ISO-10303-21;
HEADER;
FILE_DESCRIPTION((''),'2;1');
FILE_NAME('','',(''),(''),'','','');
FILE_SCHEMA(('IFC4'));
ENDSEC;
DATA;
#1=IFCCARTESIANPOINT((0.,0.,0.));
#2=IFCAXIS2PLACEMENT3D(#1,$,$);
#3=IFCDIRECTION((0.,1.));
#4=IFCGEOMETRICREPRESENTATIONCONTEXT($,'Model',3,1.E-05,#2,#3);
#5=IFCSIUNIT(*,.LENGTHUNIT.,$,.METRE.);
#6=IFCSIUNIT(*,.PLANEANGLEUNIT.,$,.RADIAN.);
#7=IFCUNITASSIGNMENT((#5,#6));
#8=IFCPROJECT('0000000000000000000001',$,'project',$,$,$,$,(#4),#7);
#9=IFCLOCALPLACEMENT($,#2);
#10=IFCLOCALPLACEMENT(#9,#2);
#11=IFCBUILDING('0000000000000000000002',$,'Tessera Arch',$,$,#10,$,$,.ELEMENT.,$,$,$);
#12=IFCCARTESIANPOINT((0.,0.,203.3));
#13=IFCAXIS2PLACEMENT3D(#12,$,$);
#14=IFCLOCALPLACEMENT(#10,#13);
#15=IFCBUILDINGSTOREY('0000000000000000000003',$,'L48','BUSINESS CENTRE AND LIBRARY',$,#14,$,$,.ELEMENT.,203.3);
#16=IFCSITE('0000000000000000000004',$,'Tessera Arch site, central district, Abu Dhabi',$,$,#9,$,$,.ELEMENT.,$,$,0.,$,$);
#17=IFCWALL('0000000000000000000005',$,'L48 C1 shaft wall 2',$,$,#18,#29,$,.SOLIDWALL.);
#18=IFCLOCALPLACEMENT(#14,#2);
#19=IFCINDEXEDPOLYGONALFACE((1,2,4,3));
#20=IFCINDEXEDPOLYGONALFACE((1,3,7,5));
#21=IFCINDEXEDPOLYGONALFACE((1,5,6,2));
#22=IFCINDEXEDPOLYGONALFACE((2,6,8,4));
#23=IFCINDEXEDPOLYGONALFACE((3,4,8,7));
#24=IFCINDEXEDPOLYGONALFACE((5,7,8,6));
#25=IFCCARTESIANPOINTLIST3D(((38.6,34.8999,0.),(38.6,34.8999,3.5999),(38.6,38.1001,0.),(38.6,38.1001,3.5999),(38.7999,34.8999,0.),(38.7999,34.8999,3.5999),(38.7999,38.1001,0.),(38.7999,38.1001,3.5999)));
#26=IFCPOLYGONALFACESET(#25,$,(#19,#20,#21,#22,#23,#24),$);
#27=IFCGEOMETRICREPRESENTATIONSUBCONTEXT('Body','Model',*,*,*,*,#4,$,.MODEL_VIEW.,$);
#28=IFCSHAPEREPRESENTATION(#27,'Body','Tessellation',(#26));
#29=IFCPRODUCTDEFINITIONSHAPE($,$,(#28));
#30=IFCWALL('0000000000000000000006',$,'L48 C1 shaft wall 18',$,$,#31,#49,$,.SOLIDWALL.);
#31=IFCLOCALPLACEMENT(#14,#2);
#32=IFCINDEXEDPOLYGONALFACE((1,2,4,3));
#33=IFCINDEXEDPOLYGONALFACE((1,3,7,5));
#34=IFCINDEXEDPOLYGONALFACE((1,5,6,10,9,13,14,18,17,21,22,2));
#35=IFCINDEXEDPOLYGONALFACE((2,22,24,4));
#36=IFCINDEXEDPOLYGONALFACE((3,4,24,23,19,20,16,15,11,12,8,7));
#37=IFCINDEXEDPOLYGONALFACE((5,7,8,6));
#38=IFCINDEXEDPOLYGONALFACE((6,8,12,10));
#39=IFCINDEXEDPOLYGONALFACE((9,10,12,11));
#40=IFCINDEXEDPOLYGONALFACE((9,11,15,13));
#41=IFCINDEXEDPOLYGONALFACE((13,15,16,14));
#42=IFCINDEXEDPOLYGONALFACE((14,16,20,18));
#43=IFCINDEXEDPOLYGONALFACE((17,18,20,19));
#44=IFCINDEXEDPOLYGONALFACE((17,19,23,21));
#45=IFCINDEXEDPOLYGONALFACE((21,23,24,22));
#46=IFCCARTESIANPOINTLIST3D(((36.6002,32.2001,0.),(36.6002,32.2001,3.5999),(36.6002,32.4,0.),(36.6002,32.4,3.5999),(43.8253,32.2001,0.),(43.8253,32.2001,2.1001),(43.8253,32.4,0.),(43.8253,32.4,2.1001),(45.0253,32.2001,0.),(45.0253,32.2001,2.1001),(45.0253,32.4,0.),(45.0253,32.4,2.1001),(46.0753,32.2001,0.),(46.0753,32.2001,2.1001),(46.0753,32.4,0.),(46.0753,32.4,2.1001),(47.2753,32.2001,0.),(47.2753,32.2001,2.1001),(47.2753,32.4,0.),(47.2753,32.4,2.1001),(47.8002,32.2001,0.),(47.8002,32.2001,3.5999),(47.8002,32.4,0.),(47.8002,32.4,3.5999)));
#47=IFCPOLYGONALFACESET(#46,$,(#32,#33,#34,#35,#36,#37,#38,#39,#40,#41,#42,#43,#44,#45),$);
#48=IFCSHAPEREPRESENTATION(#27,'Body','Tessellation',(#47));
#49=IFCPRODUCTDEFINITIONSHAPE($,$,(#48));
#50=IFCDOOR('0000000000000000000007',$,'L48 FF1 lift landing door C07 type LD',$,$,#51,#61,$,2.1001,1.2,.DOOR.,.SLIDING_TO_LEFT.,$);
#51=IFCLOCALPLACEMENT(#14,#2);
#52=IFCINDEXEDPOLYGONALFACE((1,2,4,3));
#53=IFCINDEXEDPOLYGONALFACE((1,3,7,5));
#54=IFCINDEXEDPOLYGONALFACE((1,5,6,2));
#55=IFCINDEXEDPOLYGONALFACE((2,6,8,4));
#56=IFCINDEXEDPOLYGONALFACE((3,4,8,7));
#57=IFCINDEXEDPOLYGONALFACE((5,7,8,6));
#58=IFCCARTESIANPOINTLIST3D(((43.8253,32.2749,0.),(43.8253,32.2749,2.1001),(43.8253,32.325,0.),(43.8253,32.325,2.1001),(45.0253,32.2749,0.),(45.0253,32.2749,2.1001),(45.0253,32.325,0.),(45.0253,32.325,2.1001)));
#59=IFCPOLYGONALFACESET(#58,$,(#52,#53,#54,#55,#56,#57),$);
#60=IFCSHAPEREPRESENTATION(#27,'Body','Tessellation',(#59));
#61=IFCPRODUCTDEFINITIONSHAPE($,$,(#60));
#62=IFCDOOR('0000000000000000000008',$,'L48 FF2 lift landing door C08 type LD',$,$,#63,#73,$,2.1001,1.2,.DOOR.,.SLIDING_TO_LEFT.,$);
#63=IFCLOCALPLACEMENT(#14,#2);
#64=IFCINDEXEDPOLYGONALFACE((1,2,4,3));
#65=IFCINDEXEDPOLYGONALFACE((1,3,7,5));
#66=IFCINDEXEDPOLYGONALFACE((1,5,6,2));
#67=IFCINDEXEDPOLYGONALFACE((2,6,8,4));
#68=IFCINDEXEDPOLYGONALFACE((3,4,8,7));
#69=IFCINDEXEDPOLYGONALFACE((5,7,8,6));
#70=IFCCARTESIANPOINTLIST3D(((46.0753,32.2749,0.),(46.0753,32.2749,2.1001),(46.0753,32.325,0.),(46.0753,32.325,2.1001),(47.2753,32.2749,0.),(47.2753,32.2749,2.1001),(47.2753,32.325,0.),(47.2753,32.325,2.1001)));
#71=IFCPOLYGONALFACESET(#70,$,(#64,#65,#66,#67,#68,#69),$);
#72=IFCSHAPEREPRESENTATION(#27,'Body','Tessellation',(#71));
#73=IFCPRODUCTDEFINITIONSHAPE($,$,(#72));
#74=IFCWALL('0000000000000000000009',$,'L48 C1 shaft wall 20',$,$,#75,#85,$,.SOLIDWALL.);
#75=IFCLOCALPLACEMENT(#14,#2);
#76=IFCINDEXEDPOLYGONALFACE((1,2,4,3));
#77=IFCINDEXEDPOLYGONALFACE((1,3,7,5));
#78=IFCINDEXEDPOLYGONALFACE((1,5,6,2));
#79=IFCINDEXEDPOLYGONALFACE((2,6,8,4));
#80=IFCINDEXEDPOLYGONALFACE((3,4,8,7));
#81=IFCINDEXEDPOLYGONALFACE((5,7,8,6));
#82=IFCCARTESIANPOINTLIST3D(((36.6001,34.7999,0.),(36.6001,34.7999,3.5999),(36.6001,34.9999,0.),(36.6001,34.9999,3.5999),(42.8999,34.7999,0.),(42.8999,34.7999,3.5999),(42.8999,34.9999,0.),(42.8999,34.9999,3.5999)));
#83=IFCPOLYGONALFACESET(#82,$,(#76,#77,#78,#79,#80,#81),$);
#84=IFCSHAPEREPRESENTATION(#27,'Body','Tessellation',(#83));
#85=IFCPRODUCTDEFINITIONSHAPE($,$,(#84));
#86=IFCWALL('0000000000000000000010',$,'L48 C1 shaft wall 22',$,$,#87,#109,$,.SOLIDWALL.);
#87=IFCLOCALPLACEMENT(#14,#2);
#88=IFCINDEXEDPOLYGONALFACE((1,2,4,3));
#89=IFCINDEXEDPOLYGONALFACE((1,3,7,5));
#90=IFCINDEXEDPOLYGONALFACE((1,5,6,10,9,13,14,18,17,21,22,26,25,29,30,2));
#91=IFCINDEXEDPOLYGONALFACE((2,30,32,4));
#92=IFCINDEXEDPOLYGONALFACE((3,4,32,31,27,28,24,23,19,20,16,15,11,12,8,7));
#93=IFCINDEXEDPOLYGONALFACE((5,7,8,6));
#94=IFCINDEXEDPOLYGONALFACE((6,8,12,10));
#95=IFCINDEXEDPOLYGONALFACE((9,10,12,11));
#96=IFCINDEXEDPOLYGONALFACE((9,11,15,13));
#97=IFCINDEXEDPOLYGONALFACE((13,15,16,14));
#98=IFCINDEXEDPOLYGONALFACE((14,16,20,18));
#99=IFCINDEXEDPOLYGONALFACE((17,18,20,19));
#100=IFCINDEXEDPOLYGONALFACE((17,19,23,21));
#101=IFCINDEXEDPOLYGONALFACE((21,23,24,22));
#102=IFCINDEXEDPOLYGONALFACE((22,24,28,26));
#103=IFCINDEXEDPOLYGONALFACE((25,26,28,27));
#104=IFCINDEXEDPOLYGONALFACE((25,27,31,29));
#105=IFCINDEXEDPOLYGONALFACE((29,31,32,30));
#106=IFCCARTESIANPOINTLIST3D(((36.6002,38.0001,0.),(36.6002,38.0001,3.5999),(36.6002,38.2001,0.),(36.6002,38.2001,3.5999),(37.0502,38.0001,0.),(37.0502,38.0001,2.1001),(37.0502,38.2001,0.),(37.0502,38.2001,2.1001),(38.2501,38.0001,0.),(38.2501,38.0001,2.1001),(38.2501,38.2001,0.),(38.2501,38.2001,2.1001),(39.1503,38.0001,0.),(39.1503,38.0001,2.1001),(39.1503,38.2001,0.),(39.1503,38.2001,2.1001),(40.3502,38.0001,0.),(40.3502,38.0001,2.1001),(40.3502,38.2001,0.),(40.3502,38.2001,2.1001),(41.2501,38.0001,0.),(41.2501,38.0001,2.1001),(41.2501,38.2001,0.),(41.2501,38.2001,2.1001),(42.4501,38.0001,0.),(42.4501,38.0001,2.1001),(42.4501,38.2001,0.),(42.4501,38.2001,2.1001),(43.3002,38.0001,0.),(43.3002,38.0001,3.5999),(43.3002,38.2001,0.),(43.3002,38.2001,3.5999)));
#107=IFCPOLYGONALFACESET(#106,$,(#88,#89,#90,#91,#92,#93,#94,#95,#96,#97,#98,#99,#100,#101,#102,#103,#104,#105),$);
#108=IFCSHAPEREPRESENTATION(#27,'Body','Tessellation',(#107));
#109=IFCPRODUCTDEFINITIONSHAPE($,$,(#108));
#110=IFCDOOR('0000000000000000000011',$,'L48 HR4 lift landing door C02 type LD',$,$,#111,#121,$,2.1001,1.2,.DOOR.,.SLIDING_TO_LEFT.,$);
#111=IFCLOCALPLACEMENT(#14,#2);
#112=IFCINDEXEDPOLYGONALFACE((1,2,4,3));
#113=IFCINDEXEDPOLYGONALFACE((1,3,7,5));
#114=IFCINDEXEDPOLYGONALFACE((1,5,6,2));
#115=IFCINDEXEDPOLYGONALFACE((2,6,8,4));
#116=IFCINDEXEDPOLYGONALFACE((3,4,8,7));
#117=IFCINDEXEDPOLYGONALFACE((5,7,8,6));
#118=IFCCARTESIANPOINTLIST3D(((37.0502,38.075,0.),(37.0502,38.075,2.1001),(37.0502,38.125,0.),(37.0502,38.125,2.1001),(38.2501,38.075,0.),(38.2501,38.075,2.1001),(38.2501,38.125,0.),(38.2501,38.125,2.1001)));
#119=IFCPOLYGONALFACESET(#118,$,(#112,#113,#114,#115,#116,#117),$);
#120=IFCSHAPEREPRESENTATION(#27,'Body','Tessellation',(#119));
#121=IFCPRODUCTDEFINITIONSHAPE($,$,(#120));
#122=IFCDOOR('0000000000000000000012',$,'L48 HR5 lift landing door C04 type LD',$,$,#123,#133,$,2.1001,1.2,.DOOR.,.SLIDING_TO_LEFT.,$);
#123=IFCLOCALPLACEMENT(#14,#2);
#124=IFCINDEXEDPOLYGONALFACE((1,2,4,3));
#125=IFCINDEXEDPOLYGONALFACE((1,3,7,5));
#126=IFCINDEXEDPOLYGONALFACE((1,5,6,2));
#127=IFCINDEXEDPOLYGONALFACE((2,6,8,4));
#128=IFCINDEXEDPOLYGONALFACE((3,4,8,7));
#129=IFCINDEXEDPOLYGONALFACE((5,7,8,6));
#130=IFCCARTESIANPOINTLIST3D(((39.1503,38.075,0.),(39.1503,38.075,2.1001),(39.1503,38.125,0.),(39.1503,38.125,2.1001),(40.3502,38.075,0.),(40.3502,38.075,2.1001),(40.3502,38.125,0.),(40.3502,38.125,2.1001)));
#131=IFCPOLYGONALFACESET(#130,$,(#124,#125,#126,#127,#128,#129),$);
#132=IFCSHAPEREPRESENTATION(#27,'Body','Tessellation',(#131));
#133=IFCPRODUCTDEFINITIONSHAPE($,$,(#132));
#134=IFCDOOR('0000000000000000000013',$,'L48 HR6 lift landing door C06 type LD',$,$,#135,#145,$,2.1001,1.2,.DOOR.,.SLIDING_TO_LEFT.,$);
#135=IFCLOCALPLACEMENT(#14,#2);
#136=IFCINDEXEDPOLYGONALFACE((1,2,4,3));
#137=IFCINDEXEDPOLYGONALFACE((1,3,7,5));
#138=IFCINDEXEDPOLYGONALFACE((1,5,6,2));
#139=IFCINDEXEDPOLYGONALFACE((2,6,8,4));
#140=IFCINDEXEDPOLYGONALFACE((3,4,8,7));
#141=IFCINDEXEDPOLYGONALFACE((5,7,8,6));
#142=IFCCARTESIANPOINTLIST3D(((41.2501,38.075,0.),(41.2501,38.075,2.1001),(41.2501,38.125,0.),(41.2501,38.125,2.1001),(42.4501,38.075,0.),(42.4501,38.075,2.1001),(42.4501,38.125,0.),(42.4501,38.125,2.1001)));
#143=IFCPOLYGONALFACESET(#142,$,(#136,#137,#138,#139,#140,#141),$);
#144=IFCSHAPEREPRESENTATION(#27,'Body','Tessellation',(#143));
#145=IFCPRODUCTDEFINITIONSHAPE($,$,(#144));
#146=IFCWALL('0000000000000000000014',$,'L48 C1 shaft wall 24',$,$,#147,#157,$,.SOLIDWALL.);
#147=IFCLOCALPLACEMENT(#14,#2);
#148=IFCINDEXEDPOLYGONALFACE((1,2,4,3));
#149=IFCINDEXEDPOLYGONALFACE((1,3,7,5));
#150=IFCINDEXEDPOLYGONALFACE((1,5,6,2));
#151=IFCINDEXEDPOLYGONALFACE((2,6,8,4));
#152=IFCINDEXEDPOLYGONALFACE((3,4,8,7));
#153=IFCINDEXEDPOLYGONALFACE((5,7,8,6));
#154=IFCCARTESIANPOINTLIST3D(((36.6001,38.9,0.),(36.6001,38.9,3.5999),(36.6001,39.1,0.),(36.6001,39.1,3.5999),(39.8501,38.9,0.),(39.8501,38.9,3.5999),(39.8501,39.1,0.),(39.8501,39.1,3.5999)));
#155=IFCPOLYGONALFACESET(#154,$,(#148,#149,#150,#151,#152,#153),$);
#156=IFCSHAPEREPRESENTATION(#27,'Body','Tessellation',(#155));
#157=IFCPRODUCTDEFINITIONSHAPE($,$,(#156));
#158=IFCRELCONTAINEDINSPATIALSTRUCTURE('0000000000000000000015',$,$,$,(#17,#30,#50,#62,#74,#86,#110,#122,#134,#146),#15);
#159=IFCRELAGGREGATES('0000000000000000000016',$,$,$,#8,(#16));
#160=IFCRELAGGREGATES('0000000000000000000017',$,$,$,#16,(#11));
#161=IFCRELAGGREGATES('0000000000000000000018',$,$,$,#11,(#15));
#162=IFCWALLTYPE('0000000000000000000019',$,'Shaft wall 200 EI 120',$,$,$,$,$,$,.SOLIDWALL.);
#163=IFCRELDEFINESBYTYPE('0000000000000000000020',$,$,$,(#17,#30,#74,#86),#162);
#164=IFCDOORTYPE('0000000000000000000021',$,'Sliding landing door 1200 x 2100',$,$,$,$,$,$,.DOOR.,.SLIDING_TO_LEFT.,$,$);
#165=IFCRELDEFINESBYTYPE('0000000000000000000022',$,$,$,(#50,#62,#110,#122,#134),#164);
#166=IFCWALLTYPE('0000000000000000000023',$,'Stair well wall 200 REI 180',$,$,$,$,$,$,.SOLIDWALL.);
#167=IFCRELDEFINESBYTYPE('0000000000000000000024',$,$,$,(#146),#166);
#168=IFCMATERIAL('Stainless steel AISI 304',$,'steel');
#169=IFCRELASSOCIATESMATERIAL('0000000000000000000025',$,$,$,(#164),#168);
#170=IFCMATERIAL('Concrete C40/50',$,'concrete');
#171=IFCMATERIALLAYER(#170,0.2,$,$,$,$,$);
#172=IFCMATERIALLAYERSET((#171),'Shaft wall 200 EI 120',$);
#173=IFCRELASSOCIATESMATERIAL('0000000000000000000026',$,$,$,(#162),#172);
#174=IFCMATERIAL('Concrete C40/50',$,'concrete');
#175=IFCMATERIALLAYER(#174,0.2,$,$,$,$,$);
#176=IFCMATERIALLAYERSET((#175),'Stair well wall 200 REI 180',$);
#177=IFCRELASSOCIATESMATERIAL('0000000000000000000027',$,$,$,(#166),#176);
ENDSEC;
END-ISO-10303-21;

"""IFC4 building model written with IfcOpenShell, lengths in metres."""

from ifc_helpers import new_model, si_unit, direction, frame, frame_2d, origin, place, context, subcontext, project, spatial, rectangle, extrude, material, layer, layer_set, type_object, element, fill, save


model = new_model("IFC4")

# Units and contexts
model_context = context("Model", 3, precision=1e-05, world=origin(), true_north=direction((0.0, 1.0)))
body_context = subcontext(model_context, "Body", "Model", "MODEL_VIEW")
ifc_project = project(units=[si_unit("LENGTHUNIT", "METRE"), si_unit("PLANEANGLEUNIT", "RADIAN")], contexts=[model_context])

# Site, building, storey
site_placement = place(None, origin())
site = spatial("IfcSite", under=ifc_project, at=site_placement, Name="Tessera Arch site, central district, Abu Dhabi", CompositionType="ELEMENT", RefElevation=0.0)
building_placement = place(site_placement, origin())
building = spatial("IfcBuilding", under=site, at=building_placement, Name="Tessera Arch", CompositionType="ELEMENT")
storey_placement = place(building_placement, frame((0.0, 0.0, 203.3)))
storey = spatial("IfcBuildingStorey", under=building, at=storey_placement, Name="L48", Description="BUSINESS CENTRE AND LIBRARY", CompositionType="ELEMENT", Elevation=203.3)

# Shared definitions
ifc_material_1 = material(Name="Stainless steel AISI 304", Category="steel")
door_type_1 = type_object("IfcDoorType", Name="Sliding landing door 1200 x 2100", OperationType="SLIDING_TO_LEFT", PredefinedType="DOOR", material=ifc_material_1)

# Wall
ifc_material_2 = material(Name="Concrete C40/50", Category="concrete")
ifc_layer_1 = layer(ifc_material_2, 0.2)
ifc_layer_set_1 = layer_set([ifc_layer_1], Name="Shaft wall 200 EI 120")
wall_type_1 = type_object("IfcWallType", Name="Shaft wall 200 EI 120", PredefinedType="SOLIDWALL", material=ifc_layer_set_1)
wall_1_placement = place(storey_placement, frame((38.7, 34.8999, 0.0), z_axis=(0.0, 0.0, 1.0), x_axis=(0.0, 1.0, 0.0)))
element("IfcWall", 1, at=wall_1_placement, inside=storey, type_object=wall_type_1, Name="L48 C1 shaft wall 2", PredefinedType="SOLIDWALL", context=body_context, shape_type="SweptSolid", body=[
    extrude(rectangle(XDim=3.2002, YDim=0.2, at=frame_2d((1.6001, 0.0))), origin(), (0.0, 0.0, 1.0), 3.5999),
])

# Wall, openings, doors
wall_2_placement = place(storey_placement, frame((36.6001, 32.3, 0.0), z_axis=(0.0, 0.0, 1.0), x_axis=(1.0, 0.0, 0.0)))
wall_2 = element("IfcWall", 2, at=wall_2_placement, inside=storey, type_object=wall_type_1, Name="L48 C1 shaft wall 18", PredefinedType="SOLIDWALL", context=body_context, shape_type="SweptSolid", body=[
    extrude(rectangle(XDim=11.2, YDim=0.2, at=frame_2d((5.6001, 0.0))), origin(), (0.0, 0.0, 1.0), 3.5999),
])
opening_1_placement = place(wall_2_placement, frame((7.2251, 0.0, 0.0)))
opening_1 = element("IfcOpeningElement", 3, at=opening_1_placement, cuts=wall_2, PredefinedType="OPENING", context=body_context, shape_type="SweptSolid", body=[
    extrude(rectangle(XDim=1.2, YDim=2.1001, at=frame_2d((0.6001, 1.05))), frame((0.0, 0.1099, 0.0), z_axis=(0.0, -1.0, 0.0), x_axis=(1.0, 0.0, 0.0)), (0.0, 0.0, 1.0), 0.22),
])
opening_2_placement = place(wall_2_placement, frame((9.4751, 0.0, 0.0)))
opening_2 = element("IfcOpeningElement", 4, at=opening_2_placement, cuts=wall_2, PredefinedType="OPENING", context=body_context, shape_type="SweptSolid", body=[
    extrude(rectangle(XDim=1.2, YDim=2.1001, at=frame_2d((0.6001, 1.05))), frame((0.0, 0.1099, 0.0), z_axis=(0.0, -1.0, 0.0), x_axis=(1.0, 0.0, 0.0)), (0.0, 0.0, 1.0), 0.22),
])
door_1_placement = place(opening_1_placement, origin())
door_1 = element("IfcDoor", 5, at=door_1_placement, inside=storey, type_object=door_type_1, Name="L48 FF1 lift landing door C07 type LD", OperationType="SLIDING_TO_LEFT", OverallHeight=2.1001, OverallWidth=1.2, PredefinedType="DOOR", context=body_context, shape_type="SweptSolid", body=[
    extrude(rectangle(XDim=1.2, YDim=2.1001, at=frame_2d((0.6001, 1.05))), frame((0.0, 0.0249, 0.0), z_axis=(0.0, -1.0, 0.0), x_axis=(1.0, 0.0, 0.0)), (0.0, 0.0, 1.0), 0.05),
])
fill(opening_1, door_1)
door_2_placement = place(opening_2_placement, origin())
door_2 = element("IfcDoor", 6, at=door_2_placement, inside=storey, type_object=door_type_1, Name="L48 FF2 lift landing door C08 type LD", OperationType="SLIDING_TO_LEFT", OverallHeight=2.1001, OverallWidth=1.2, PredefinedType="DOOR", context=body_context, shape_type="SweptSolid", body=[
    extrude(rectangle(XDim=1.2, YDim=2.1001, at=frame_2d((0.6001, 1.05))), frame((0.0, 0.0249, 0.0), z_axis=(0.0, -1.0, 0.0), x_axis=(1.0, 0.0, 0.0)), (0.0, 0.0, 1.0), 0.05),
])
fill(opening_2, door_2)

# Wall
wall_3_placement = place(storey_placement, frame((36.6001, 34.8999, 0.0), z_axis=(0.0, 0.0, 1.0), x_axis=(1.0, 0.0, 0.0)))
element("IfcWall", 7, at=wall_3_placement, inside=storey, type_object=wall_type_1, Name="L48 C1 shaft wall 20", PredefinedType="SOLIDWALL", context=body_context, shape_type="SweptSolid", body=[
    extrude(rectangle(XDim=6.2998, YDim=0.2, at=frame_2d((3.1499, 0.0))), origin(), (0.0, 0.0, 1.0), 3.5999),
])

# Wall, openings, doors
wall_4_placement = place(storey_placement, frame((36.6001, 38.1001, 0.0), z_axis=(0.0, 0.0, 1.0), x_axis=(1.0, 0.0, 0.0)))
wall_4 = element("IfcWall", 8, at=wall_4_placement, inside=storey, type_object=wall_type_1, Name="L48 C1 shaft wall 22", PredefinedType="SOLIDWALL", context=body_context, shape_type="SweptSolid", body=[
    extrude(rectangle(XDim=6.7, YDim=0.2, at=frame_2d((3.3501, 0.0))), origin(), (0.0, 0.0, 1.0), 3.5999),
])
opening_3_placement = place(wall_4_placement, frame((0.45, 0.0, 0.0)))
opening_3 = element("IfcOpeningElement", 9, at=opening_3_placement, cuts=wall_4, PredefinedType="OPENING", context=body_context, shape_type="SweptSolid", body=[
    extrude(rectangle(XDim=1.2, YDim=2.1001, at=frame_2d((0.6001, 1.05))), frame((0.0, 0.1099, 0.0), z_axis=(0.0, -1.0, 0.0), x_axis=(1.0, 0.0, 0.0)), (0.0, 0.0, 1.0), 0.22),
])
opening_4_placement = place(wall_4_placement, frame((2.55, 0.0, 0.0)))
opening_4 = element("IfcOpeningElement", 10, at=opening_4_placement, cuts=wall_4, PredefinedType="OPENING", context=body_context, shape_type="SweptSolid", body=[
    extrude(rectangle(XDim=1.2, YDim=2.1001, at=frame_2d((0.6001, 1.05))), frame((0.0, 0.1099, 0.0), z_axis=(0.0, -1.0, 0.0), x_axis=(1.0, 0.0, 0.0)), (0.0, 0.0, 1.0), 0.22),
])
opening_5_placement = place(wall_4_placement, frame((4.6499, 0.0, 0.0)))
opening_5 = element("IfcOpeningElement", 11, at=opening_5_placement, cuts=wall_4, PredefinedType="OPENING", context=body_context, shape_type="SweptSolid", body=[
    extrude(rectangle(XDim=1.2, YDim=2.1001, at=frame_2d((0.6001, 1.05))), frame((0.0, 0.1099, 0.0), z_axis=(0.0, -1.0, 0.0), x_axis=(1.0, 0.0, 0.0)), (0.0, 0.0, 1.0), 0.22),
])
door_3_placement = place(opening_3_placement, origin())
door_3 = element("IfcDoor", 12, at=door_3_placement, inside=storey, type_object=door_type_1, Name="L48 HR4 lift landing door C02 type LD", OperationType="SLIDING_TO_LEFT", OverallHeight=2.1001, OverallWidth=1.2, PredefinedType="DOOR", context=body_context, shape_type="SweptSolid", body=[
    extrude(rectangle(XDim=1.2, YDim=2.1001, at=frame_2d((0.6001, 1.05))), frame((0.0, 0.0249, 0.0), z_axis=(0.0, -1.0, 0.0), x_axis=(1.0, 0.0, 0.0)), (0.0, 0.0, 1.0), 0.05),
])
fill(opening_3, door_3)
door_4_placement = place(opening_4_placement, origin())
door_4 = element("IfcDoor", 13, at=door_4_placement, inside=storey, type_object=door_type_1, Name="L48 HR5 lift landing door C04 type LD", OperationType="SLIDING_TO_LEFT", OverallHeight=2.1001, OverallWidth=1.2, PredefinedType="DOOR", context=body_context, shape_type="SweptSolid", body=[
    extrude(rectangle(XDim=1.2, YDim=2.1001, at=frame_2d((0.6001, 1.05))), frame((0.0, 0.0249, 0.0), z_axis=(0.0, -1.0, 0.0), x_axis=(1.0, 0.0, 0.0)), (0.0, 0.0, 1.0), 0.05),
])
fill(opening_4, door_4)
door_5_placement = place(opening_5_placement, origin())
door_5 = element("IfcDoor", 14, at=door_5_placement, inside=storey, type_object=door_type_1, Name="L48 HR6 lift landing door C06 type LD", OperationType="SLIDING_TO_LEFT", OverallHeight=2.1001, OverallWidth=1.2, PredefinedType="DOOR", context=body_context, shape_type="SweptSolid", body=[
    extrude(rectangle(XDim=1.2, YDim=2.1001, at=frame_2d((0.6001, 1.05))), frame((0.0, 0.0249, 0.0), z_axis=(0.0, -1.0, 0.0), x_axis=(1.0, 0.0, 0.0)), (0.0, 0.0, 1.0), 0.05),
])
fill(opening_5, door_5)

# Wall
ifc_material_3 = material(Name="Concrete C40/50", Category="concrete")
ifc_layer_2 = layer(ifc_material_3, 0.2)
ifc_layer_set_2 = layer_set([ifc_layer_2], Name="Stair well wall 200 REI 180")
wall_type_2 = type_object("IfcWallType", Name="Stair well wall 200 REI 180", PredefinedType="SOLIDWALL", material=ifc_layer_set_2)
wall_5_placement = place(storey_placement, frame((36.6001, 39.0, 0.0), z_axis=(0.0, 0.0, 1.0), x_axis=(1.0, 0.0, 0.0)))
element("IfcWall", 15, at=wall_5_placement, inside=storey, type_object=wall_type_2, Name="L48 C1 shaft wall 24", PredefinedType="SOLIDWALL", context=body_context, shape_type="SweptSolid", body=[
    extrude(rectangle(XDim=3.25, YDim=0.2, at=frame_2d((1.625, 0.0))), origin(), (0.0, 0.0, 1.0), 3.5999),
])

save(model, "model.ifc")
